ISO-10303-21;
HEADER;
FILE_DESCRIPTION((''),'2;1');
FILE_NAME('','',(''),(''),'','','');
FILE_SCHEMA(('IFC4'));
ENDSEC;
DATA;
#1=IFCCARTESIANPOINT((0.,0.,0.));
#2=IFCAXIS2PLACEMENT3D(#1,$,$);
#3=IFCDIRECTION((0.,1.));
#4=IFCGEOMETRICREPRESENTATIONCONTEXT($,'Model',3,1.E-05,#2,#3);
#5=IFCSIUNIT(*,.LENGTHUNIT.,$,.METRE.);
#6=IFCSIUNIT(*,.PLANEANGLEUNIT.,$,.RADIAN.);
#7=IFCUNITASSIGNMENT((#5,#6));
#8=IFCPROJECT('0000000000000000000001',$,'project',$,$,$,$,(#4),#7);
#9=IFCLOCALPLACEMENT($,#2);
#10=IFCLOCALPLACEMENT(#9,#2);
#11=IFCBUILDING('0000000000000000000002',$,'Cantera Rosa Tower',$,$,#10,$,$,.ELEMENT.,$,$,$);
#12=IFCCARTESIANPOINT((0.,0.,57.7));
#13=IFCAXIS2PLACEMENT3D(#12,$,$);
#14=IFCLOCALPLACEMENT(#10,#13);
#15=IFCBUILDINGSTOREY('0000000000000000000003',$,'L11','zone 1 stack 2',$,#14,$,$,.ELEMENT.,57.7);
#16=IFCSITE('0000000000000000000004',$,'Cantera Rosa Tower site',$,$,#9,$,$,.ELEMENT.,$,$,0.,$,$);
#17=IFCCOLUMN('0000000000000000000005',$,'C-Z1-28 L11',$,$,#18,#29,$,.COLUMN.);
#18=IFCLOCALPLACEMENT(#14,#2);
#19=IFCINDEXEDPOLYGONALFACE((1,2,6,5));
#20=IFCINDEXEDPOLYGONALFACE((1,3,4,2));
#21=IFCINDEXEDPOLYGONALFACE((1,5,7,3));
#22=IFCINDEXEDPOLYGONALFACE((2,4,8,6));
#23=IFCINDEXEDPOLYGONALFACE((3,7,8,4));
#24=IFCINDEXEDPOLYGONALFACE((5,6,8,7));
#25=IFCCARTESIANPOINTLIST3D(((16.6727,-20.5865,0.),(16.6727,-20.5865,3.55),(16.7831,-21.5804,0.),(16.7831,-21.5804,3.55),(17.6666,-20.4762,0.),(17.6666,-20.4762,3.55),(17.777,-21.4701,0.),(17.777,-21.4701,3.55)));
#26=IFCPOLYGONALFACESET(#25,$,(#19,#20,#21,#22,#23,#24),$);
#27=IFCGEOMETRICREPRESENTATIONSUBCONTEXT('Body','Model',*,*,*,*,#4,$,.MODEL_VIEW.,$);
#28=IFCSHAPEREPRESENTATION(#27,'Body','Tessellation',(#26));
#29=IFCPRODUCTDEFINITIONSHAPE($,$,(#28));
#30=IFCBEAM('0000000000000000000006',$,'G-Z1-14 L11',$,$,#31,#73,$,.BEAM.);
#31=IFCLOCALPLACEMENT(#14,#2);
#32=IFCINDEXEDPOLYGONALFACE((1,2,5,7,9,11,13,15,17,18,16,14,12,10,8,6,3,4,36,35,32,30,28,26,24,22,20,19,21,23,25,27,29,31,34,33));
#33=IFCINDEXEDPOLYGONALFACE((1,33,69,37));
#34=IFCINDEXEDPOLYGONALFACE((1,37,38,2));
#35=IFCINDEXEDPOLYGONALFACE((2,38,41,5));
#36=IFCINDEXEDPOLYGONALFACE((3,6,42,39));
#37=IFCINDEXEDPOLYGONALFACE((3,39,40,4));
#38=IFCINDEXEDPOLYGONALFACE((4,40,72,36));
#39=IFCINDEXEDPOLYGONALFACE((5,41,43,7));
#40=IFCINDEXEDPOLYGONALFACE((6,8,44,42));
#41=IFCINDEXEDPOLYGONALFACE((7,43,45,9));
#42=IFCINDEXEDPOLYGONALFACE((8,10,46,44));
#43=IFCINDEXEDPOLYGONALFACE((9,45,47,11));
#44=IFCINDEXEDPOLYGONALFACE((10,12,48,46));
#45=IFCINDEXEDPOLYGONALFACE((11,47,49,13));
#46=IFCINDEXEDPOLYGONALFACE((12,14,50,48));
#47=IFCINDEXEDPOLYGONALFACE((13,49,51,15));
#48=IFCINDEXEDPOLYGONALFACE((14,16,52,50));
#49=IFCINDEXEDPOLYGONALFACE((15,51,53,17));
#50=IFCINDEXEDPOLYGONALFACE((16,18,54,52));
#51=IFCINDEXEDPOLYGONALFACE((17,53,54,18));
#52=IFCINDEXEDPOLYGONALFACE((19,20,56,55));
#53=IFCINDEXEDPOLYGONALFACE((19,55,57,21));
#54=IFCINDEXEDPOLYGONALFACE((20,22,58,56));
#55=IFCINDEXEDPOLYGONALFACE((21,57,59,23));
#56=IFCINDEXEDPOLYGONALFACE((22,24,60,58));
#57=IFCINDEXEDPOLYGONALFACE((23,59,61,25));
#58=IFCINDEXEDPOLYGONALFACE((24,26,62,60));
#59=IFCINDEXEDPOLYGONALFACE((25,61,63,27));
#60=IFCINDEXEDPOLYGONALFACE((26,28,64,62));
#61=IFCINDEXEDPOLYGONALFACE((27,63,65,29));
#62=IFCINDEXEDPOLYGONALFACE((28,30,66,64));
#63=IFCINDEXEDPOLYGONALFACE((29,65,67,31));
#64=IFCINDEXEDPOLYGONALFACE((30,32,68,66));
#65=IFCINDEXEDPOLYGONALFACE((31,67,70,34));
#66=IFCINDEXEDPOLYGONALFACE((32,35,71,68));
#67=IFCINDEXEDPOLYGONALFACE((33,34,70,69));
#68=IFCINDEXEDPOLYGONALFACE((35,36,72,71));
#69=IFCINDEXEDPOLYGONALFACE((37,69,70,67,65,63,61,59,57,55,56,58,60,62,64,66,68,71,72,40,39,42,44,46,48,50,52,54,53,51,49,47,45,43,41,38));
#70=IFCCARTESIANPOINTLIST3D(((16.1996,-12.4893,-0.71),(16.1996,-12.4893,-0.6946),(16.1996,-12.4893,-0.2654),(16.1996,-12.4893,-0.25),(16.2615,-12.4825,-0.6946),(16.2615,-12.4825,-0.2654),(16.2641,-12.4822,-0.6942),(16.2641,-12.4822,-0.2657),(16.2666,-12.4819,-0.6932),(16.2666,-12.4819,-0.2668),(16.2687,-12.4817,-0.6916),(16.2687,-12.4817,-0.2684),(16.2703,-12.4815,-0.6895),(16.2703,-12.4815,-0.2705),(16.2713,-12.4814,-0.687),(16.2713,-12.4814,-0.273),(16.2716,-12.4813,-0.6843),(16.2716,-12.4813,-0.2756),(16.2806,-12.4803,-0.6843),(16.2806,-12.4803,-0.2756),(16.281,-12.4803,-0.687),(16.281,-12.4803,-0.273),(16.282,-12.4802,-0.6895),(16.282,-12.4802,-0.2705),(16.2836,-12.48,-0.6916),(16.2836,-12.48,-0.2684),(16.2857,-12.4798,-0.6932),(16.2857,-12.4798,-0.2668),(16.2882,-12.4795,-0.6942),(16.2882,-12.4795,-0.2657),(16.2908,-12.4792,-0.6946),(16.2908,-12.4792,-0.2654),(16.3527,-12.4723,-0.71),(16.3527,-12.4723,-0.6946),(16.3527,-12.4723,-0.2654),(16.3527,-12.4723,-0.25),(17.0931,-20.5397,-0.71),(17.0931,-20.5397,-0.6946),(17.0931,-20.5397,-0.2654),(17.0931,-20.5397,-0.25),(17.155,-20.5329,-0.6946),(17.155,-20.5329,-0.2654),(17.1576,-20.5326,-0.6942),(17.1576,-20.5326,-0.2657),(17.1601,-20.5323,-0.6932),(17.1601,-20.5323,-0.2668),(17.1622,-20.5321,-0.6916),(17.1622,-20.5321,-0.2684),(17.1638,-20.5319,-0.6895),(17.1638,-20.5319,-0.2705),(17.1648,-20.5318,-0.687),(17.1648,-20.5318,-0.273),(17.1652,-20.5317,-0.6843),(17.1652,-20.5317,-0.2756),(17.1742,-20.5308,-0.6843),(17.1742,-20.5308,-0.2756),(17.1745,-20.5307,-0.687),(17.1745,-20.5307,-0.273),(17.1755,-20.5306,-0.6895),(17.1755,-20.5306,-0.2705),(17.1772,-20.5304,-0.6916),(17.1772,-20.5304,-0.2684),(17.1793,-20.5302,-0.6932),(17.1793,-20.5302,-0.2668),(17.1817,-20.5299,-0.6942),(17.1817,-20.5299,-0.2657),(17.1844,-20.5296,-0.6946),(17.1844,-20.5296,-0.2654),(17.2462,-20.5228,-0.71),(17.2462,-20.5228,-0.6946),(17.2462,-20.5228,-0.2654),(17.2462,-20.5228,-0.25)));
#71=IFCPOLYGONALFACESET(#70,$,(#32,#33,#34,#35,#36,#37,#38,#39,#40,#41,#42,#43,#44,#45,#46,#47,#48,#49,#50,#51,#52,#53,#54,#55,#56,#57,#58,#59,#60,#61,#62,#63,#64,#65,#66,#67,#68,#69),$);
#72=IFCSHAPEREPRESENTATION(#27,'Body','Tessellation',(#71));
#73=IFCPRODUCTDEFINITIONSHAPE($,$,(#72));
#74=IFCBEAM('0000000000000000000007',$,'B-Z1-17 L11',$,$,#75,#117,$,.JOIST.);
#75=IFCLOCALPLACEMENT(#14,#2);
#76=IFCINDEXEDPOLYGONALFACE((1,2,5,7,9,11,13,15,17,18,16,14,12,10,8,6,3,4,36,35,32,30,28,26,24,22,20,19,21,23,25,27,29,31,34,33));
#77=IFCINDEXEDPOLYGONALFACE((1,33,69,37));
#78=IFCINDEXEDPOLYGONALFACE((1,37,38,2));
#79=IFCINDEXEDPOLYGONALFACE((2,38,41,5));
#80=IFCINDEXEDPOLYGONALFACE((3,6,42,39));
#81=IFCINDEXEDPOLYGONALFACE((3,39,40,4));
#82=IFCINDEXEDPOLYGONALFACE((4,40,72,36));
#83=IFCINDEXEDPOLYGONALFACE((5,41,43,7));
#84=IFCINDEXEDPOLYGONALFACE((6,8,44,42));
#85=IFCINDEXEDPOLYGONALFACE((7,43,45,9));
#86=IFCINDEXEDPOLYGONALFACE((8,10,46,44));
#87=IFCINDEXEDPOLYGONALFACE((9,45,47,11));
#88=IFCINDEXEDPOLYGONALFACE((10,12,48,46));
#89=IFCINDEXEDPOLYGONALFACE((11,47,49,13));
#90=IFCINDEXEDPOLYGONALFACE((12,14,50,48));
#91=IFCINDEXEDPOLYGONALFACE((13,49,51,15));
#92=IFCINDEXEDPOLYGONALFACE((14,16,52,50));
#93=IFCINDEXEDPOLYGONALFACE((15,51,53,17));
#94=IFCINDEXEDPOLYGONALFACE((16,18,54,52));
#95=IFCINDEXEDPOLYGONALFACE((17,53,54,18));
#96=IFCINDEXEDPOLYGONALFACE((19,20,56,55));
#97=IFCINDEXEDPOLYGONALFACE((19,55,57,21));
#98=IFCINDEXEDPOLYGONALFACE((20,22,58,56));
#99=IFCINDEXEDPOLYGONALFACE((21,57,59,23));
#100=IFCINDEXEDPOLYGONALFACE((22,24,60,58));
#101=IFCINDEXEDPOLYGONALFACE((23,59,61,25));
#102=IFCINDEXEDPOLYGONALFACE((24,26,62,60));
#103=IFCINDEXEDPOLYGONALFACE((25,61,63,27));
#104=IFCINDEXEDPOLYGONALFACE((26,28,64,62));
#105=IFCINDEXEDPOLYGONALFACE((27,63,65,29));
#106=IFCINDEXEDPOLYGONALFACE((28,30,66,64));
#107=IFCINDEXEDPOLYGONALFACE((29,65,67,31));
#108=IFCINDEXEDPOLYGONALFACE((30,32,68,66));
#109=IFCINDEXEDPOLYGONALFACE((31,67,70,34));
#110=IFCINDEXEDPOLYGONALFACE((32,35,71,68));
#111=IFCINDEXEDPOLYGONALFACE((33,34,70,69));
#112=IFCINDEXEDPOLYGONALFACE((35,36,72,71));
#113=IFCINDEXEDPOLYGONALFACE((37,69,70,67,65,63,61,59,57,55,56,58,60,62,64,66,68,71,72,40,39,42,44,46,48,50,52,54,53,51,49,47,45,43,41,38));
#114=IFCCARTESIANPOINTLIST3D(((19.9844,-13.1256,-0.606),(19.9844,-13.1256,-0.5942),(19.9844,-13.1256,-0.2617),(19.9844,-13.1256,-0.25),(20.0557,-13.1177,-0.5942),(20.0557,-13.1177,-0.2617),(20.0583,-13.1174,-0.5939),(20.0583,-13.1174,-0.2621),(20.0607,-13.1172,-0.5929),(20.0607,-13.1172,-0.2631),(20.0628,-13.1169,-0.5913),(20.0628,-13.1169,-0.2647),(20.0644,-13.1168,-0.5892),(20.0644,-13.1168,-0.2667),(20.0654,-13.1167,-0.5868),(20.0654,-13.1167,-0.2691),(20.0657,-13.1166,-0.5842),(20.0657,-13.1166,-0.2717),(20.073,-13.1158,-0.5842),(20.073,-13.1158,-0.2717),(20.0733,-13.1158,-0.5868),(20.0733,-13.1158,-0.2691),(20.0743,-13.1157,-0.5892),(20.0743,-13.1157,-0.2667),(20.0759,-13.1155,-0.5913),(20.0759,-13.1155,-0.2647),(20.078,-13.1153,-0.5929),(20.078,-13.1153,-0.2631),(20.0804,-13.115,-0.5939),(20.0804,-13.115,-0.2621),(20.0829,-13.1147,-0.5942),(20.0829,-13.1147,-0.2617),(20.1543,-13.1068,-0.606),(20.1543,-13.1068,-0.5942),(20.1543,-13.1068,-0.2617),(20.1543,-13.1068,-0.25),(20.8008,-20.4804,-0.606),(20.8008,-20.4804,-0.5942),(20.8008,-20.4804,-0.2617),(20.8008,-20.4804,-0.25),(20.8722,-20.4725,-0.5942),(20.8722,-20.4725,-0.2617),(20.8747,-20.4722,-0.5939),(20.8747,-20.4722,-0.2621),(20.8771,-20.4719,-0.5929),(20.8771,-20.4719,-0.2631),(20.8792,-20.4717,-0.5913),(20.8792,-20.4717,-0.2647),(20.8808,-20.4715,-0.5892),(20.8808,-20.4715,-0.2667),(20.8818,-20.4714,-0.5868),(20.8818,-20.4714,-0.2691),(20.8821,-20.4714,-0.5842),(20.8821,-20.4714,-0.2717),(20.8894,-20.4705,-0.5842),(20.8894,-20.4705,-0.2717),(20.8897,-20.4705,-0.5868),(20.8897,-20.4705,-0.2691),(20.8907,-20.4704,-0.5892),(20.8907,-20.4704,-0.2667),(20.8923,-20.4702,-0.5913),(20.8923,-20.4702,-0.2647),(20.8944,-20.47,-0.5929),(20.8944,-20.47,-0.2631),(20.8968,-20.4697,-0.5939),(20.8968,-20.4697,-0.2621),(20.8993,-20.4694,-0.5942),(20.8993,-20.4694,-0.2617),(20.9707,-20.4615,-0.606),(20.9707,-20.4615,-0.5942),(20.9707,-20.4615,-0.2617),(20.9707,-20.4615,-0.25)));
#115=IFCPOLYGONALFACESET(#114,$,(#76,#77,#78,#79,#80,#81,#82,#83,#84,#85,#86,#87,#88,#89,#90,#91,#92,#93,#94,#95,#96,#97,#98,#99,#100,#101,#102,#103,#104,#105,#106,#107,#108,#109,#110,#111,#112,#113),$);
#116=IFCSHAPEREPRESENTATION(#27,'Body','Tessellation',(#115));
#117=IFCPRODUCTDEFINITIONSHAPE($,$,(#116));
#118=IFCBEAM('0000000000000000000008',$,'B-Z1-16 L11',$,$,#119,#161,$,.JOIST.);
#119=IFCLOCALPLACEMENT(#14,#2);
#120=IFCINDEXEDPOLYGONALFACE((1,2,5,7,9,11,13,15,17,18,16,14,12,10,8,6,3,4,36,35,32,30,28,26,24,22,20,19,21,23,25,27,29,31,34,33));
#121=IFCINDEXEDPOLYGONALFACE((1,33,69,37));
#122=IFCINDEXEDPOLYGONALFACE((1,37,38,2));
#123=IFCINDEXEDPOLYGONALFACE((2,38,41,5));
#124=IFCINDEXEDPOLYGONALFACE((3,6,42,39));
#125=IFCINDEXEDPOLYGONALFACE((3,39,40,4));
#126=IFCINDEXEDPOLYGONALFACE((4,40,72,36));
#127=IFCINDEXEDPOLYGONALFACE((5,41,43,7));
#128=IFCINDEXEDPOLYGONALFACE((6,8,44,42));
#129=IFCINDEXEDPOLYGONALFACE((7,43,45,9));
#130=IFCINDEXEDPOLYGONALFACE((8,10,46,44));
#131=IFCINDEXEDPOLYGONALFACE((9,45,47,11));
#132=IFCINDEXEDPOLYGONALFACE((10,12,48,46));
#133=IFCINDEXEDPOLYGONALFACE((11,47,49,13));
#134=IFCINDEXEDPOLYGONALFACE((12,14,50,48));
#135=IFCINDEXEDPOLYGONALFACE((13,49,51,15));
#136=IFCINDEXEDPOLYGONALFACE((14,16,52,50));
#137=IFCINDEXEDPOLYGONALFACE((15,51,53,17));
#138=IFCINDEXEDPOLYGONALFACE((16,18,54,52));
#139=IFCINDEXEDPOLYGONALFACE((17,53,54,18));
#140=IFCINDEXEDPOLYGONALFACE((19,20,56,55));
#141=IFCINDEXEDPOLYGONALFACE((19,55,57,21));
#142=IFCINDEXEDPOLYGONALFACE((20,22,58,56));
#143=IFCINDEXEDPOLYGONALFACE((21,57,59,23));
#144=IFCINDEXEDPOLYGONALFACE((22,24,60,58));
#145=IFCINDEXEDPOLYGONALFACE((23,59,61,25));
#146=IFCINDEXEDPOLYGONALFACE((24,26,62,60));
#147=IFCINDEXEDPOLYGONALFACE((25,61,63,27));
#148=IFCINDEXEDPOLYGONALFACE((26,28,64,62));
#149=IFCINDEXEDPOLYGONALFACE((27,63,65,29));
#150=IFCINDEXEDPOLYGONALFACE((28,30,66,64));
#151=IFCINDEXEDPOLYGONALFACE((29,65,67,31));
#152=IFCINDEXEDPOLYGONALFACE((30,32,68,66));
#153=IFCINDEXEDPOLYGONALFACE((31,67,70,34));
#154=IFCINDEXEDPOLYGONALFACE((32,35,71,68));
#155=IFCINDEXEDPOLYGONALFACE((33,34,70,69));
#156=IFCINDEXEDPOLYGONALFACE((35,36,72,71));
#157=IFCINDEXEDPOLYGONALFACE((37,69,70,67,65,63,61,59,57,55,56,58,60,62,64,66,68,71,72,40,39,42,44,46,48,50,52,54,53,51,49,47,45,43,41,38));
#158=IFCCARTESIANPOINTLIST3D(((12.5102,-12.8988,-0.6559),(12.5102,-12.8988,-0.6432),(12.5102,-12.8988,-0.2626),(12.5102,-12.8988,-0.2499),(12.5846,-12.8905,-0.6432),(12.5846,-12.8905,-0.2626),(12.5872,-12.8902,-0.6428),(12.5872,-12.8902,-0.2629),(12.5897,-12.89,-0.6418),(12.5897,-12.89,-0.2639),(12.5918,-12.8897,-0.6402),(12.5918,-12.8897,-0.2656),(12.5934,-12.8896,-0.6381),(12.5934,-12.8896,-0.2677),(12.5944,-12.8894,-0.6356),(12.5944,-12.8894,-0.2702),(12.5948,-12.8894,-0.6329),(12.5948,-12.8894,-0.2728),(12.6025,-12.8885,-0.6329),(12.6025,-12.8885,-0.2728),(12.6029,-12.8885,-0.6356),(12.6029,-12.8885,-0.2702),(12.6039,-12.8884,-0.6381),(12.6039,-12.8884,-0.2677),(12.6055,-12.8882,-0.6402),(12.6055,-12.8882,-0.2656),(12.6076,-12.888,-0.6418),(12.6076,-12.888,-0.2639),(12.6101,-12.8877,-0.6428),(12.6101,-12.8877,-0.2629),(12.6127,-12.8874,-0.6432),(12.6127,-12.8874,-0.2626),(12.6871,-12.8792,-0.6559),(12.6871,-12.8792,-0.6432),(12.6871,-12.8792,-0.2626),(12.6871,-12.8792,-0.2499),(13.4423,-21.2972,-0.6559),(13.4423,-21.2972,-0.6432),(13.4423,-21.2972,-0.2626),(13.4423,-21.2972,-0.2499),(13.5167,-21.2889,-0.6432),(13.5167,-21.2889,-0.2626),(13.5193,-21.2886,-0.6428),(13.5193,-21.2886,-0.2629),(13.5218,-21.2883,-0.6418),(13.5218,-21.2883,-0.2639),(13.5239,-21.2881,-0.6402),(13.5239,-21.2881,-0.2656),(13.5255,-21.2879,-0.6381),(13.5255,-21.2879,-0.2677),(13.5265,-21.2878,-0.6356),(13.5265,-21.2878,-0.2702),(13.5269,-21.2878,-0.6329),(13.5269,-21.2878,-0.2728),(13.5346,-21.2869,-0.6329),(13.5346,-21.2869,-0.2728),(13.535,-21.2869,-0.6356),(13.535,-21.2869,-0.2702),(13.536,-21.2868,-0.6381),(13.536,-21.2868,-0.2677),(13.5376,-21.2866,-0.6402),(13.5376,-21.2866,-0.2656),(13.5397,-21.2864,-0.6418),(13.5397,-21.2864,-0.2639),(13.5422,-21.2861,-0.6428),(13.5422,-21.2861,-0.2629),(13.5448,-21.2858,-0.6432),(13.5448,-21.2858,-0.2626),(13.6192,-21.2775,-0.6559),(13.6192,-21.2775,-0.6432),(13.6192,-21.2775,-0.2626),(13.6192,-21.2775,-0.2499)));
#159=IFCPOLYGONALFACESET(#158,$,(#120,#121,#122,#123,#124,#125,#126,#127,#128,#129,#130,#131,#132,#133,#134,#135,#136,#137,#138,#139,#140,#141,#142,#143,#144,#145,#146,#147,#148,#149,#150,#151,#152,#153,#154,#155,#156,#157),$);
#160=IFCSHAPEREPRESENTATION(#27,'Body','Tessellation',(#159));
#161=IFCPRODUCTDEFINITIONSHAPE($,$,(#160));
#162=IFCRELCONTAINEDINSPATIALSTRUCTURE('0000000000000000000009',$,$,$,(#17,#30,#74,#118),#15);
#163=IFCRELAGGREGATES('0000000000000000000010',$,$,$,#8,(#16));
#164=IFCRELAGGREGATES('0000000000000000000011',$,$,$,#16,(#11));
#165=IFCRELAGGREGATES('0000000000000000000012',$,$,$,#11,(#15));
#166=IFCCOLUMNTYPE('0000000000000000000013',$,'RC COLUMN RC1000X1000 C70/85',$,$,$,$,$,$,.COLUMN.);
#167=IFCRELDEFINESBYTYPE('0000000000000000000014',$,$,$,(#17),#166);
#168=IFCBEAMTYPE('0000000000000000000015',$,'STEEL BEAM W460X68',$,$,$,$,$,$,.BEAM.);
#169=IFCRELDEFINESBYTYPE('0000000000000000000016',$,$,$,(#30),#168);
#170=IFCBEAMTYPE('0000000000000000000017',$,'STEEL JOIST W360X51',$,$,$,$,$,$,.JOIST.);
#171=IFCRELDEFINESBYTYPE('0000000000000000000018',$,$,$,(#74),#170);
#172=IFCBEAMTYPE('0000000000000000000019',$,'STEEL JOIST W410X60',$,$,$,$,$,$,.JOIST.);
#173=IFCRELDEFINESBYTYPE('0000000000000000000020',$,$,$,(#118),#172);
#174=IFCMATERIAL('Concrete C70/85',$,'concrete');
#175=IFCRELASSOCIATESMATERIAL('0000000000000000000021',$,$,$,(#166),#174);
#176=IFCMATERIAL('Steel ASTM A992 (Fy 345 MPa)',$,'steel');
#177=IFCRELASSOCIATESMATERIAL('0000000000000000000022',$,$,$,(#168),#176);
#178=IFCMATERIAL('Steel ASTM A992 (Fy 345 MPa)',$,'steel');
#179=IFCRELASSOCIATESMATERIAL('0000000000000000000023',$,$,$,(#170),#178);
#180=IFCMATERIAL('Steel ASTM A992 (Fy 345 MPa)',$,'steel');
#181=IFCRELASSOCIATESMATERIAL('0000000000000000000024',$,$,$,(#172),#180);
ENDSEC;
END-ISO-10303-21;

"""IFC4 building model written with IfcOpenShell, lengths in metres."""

from ifc_helpers import new_model, si_unit, direction, frame, origin, origin_2d, place, context, subcontext, project, spatial, rectangle, i_section, extrude, material, material_profile, profile_set, type_object, element, save


model = new_model("IFC4")

# Units and contexts
model_context = context("Model", 3, precision=1e-05, world=origin(), true_north=direction((0.0, 1.0)))
body_context = subcontext(model_context, "Body", "Model", "MODEL_VIEW")
ifc_project = project(units=[si_unit("LENGTHUNIT", "METRE"), si_unit("PLANEANGLEUNIT", "RADIAN")], contexts=[model_context])

# Site, building, storey
site_placement = place(None, origin())
site = spatial("IfcSite", under=ifc_project, at=site_placement, Name="Cantera Rosa Tower site", CompositionType="ELEMENT", RefElevation=0.0)
building_placement = place(site_placement, origin())
building = spatial("IfcBuilding", under=site, at=building_placement, Name="Cantera Rosa Tower", CompositionType="ELEMENT")
storey_placement = place(building_placement, frame((0.0, 0.0, 57.7)))
storey = spatial("IfcBuildingStorey", under=building, at=storey_placement, Name="L11", Description="zone 1 stack 2", CompositionType="ELEMENT", Elevation=57.7)

# Column
ifc_material_1 = material(Name="Concrete C70/85", Category="concrete")
ifc_material_profile_1 = material_profile(ifc_material_1, rectangle(XDim=1.0, YDim=1.0, at=origin_2d()), Name="RC COLUMN RC1000X1000 C70/85")
ifc_profile_set_1 = profile_set([ifc_material_profile_1], Name="Concrete C70/85")
column_type = type_object("IfcColumnType", Name="RC COLUMN RC1000X1000 C70/85", PredefinedType="COLUMN", material=ifc_profile_set_1)
column_placement = place(storey_placement, frame((17.2249, -21.0283, 0.0), z_axis=(0.0, 0.0, 1.0), x_axis=(0.993897, 0.110313, 0.0)))
element("IfcColumn", 1, at=column_placement, inside=storey, type_object=column_type, Name="C-Z1-28 L11", PredefinedType="COLUMN", context=body_context, shape_type="SweptSolid", body=[
    extrude(rectangle(XDim=1.0, YDim=1.0, at=origin_2d()), origin(), (0.0, 0.0, 1.0), 3.55),
])

# Beams
ifc_material_2 = material(Name="Steel ASTM A992 (Fy 345 MPa)", Category="steel")
ifc_material_profile_2 = material_profile(ifc_material_2, i_section(OverallWidth=0.1541, OverallDepth=0.46, WebThickness=0.009, FlangeThickness=0.0154, FilletRadius=0.0103, at=origin_2d()), Name="W460X68")
ifc_profile_set_2 = profile_set([ifc_material_profile_2], Name="Steel ASTM A992 (Fy 345 MPa)")
beam_type_1 = type_object("IfcBeamType", Name="STEEL BEAM W460X68", PredefinedType="BEAM", material=ifc_profile_set_2)
beam_1_placement = place(storey_placement, frame((17.1697, -20.5312, -0.48), z_axis=(-0.110316, 0.993897, 0.0), x_axis=(-0.993897, -0.110316, 0.0)))
element("IfcBeam", 2, at=beam_1_placement, inside=storey, type_object=beam_type_1, Name="G-Z1-14 L11", PredefinedType="BEAM", context=body_context, shape_type="SweptSolid", body=[
    extrude(i_section(OverallWidth=0.1541, OverallDepth=0.46, WebThickness=0.009, FlangeThickness=0.0154, FilletRadius=0.0103, at=origin_2d()), origin(), (0.0, 0.0, 1.0), 8.0999),
])
ifc_material_3 = material(Name="Steel ASTM A992 (Fy 345 MPa)", Category="steel")
ifc_material_profile_3 = material_profile(ifc_material_3, i_section(OverallWidth=0.1709, OverallDepth=0.356, WebThickness=0.0073, FlangeThickness=0.0117, FilletRadius=0.01, at=origin_2d()), Name="W360X51")
ifc_profile_set_3 = profile_set([ifc_material_profile_3], Name="Steel ASTM A992 (Fy 345 MPa)")
beam_type_2 = type_object("IfcBeamType", Name="STEEL JOIST W360X51", PredefinedType="JOIST", material=ifc_profile_set_3)
beam_2_placement = place(storey_placement, frame((20.8857, -20.4709, -0.428), z_axis=(-0.110327, 0.993895, 0.0), x_axis=(-0.993895, -0.110327, 0.0)))
element("IfcBeam", 3, at=beam_2_placement, inside=storey, type_object=beam_type_2, Name="B-Z1-17 L11", PredefinedType="JOIST", context=body_context, shape_type="SweptSolid", body=[
    extrude(i_section(OverallWidth=0.1709, OverallDepth=0.356, WebThickness=0.0073, FlangeThickness=0.0117, FilletRadius=0.01, at=origin_2d()), origin(), (0.0, 0.0, 1.0), 7.3999),
])
ifc_material_4 = material(Name="Steel ASTM A992 (Fy 345 MPa)", Category="steel")
ifc_material_profile_4 = material_profile(ifc_material_4, i_section(OverallWidth=0.178, OverallDepth=0.406, WebThickness=0.0078, FlangeThickness=0.0127, FilletRadius=0.0103, at=origin_2d()), Name="W410X60")
ifc_profile_set_4 = profile_set([ifc_material_profile_4], Name="Steel ASTM A992 (Fy 345 MPa)")
beam_type_3 = type_object("IfcBeamType", Name="STEEL JOIST W410X60", PredefinedType="JOIST", material=ifc_profile_set_4)
beam_3_placement = place(storey_placement, frame((13.5308, -21.2874, -0.4529), z_axis=(-0.110311, 0.993897, 0.0), x_axis=(-0.993897, -0.110311, 0.0)))
element("IfcBeam", 4, at=beam_3_placement, inside=storey, type_object=beam_type_3, Name="B-Z1-16 L11", PredefinedType="JOIST", context=body_context, shape_type="SweptSolid", body=[
    extrude(i_section(OverallWidth=0.178, OverallDepth=0.406, WebThickness=0.0078, FlangeThickness=0.0127, FilletRadius=0.0103, at=origin_2d()), origin(), (0.0, 0.0, 1.0), 8.45),
])

save(model, "model.ifc")
